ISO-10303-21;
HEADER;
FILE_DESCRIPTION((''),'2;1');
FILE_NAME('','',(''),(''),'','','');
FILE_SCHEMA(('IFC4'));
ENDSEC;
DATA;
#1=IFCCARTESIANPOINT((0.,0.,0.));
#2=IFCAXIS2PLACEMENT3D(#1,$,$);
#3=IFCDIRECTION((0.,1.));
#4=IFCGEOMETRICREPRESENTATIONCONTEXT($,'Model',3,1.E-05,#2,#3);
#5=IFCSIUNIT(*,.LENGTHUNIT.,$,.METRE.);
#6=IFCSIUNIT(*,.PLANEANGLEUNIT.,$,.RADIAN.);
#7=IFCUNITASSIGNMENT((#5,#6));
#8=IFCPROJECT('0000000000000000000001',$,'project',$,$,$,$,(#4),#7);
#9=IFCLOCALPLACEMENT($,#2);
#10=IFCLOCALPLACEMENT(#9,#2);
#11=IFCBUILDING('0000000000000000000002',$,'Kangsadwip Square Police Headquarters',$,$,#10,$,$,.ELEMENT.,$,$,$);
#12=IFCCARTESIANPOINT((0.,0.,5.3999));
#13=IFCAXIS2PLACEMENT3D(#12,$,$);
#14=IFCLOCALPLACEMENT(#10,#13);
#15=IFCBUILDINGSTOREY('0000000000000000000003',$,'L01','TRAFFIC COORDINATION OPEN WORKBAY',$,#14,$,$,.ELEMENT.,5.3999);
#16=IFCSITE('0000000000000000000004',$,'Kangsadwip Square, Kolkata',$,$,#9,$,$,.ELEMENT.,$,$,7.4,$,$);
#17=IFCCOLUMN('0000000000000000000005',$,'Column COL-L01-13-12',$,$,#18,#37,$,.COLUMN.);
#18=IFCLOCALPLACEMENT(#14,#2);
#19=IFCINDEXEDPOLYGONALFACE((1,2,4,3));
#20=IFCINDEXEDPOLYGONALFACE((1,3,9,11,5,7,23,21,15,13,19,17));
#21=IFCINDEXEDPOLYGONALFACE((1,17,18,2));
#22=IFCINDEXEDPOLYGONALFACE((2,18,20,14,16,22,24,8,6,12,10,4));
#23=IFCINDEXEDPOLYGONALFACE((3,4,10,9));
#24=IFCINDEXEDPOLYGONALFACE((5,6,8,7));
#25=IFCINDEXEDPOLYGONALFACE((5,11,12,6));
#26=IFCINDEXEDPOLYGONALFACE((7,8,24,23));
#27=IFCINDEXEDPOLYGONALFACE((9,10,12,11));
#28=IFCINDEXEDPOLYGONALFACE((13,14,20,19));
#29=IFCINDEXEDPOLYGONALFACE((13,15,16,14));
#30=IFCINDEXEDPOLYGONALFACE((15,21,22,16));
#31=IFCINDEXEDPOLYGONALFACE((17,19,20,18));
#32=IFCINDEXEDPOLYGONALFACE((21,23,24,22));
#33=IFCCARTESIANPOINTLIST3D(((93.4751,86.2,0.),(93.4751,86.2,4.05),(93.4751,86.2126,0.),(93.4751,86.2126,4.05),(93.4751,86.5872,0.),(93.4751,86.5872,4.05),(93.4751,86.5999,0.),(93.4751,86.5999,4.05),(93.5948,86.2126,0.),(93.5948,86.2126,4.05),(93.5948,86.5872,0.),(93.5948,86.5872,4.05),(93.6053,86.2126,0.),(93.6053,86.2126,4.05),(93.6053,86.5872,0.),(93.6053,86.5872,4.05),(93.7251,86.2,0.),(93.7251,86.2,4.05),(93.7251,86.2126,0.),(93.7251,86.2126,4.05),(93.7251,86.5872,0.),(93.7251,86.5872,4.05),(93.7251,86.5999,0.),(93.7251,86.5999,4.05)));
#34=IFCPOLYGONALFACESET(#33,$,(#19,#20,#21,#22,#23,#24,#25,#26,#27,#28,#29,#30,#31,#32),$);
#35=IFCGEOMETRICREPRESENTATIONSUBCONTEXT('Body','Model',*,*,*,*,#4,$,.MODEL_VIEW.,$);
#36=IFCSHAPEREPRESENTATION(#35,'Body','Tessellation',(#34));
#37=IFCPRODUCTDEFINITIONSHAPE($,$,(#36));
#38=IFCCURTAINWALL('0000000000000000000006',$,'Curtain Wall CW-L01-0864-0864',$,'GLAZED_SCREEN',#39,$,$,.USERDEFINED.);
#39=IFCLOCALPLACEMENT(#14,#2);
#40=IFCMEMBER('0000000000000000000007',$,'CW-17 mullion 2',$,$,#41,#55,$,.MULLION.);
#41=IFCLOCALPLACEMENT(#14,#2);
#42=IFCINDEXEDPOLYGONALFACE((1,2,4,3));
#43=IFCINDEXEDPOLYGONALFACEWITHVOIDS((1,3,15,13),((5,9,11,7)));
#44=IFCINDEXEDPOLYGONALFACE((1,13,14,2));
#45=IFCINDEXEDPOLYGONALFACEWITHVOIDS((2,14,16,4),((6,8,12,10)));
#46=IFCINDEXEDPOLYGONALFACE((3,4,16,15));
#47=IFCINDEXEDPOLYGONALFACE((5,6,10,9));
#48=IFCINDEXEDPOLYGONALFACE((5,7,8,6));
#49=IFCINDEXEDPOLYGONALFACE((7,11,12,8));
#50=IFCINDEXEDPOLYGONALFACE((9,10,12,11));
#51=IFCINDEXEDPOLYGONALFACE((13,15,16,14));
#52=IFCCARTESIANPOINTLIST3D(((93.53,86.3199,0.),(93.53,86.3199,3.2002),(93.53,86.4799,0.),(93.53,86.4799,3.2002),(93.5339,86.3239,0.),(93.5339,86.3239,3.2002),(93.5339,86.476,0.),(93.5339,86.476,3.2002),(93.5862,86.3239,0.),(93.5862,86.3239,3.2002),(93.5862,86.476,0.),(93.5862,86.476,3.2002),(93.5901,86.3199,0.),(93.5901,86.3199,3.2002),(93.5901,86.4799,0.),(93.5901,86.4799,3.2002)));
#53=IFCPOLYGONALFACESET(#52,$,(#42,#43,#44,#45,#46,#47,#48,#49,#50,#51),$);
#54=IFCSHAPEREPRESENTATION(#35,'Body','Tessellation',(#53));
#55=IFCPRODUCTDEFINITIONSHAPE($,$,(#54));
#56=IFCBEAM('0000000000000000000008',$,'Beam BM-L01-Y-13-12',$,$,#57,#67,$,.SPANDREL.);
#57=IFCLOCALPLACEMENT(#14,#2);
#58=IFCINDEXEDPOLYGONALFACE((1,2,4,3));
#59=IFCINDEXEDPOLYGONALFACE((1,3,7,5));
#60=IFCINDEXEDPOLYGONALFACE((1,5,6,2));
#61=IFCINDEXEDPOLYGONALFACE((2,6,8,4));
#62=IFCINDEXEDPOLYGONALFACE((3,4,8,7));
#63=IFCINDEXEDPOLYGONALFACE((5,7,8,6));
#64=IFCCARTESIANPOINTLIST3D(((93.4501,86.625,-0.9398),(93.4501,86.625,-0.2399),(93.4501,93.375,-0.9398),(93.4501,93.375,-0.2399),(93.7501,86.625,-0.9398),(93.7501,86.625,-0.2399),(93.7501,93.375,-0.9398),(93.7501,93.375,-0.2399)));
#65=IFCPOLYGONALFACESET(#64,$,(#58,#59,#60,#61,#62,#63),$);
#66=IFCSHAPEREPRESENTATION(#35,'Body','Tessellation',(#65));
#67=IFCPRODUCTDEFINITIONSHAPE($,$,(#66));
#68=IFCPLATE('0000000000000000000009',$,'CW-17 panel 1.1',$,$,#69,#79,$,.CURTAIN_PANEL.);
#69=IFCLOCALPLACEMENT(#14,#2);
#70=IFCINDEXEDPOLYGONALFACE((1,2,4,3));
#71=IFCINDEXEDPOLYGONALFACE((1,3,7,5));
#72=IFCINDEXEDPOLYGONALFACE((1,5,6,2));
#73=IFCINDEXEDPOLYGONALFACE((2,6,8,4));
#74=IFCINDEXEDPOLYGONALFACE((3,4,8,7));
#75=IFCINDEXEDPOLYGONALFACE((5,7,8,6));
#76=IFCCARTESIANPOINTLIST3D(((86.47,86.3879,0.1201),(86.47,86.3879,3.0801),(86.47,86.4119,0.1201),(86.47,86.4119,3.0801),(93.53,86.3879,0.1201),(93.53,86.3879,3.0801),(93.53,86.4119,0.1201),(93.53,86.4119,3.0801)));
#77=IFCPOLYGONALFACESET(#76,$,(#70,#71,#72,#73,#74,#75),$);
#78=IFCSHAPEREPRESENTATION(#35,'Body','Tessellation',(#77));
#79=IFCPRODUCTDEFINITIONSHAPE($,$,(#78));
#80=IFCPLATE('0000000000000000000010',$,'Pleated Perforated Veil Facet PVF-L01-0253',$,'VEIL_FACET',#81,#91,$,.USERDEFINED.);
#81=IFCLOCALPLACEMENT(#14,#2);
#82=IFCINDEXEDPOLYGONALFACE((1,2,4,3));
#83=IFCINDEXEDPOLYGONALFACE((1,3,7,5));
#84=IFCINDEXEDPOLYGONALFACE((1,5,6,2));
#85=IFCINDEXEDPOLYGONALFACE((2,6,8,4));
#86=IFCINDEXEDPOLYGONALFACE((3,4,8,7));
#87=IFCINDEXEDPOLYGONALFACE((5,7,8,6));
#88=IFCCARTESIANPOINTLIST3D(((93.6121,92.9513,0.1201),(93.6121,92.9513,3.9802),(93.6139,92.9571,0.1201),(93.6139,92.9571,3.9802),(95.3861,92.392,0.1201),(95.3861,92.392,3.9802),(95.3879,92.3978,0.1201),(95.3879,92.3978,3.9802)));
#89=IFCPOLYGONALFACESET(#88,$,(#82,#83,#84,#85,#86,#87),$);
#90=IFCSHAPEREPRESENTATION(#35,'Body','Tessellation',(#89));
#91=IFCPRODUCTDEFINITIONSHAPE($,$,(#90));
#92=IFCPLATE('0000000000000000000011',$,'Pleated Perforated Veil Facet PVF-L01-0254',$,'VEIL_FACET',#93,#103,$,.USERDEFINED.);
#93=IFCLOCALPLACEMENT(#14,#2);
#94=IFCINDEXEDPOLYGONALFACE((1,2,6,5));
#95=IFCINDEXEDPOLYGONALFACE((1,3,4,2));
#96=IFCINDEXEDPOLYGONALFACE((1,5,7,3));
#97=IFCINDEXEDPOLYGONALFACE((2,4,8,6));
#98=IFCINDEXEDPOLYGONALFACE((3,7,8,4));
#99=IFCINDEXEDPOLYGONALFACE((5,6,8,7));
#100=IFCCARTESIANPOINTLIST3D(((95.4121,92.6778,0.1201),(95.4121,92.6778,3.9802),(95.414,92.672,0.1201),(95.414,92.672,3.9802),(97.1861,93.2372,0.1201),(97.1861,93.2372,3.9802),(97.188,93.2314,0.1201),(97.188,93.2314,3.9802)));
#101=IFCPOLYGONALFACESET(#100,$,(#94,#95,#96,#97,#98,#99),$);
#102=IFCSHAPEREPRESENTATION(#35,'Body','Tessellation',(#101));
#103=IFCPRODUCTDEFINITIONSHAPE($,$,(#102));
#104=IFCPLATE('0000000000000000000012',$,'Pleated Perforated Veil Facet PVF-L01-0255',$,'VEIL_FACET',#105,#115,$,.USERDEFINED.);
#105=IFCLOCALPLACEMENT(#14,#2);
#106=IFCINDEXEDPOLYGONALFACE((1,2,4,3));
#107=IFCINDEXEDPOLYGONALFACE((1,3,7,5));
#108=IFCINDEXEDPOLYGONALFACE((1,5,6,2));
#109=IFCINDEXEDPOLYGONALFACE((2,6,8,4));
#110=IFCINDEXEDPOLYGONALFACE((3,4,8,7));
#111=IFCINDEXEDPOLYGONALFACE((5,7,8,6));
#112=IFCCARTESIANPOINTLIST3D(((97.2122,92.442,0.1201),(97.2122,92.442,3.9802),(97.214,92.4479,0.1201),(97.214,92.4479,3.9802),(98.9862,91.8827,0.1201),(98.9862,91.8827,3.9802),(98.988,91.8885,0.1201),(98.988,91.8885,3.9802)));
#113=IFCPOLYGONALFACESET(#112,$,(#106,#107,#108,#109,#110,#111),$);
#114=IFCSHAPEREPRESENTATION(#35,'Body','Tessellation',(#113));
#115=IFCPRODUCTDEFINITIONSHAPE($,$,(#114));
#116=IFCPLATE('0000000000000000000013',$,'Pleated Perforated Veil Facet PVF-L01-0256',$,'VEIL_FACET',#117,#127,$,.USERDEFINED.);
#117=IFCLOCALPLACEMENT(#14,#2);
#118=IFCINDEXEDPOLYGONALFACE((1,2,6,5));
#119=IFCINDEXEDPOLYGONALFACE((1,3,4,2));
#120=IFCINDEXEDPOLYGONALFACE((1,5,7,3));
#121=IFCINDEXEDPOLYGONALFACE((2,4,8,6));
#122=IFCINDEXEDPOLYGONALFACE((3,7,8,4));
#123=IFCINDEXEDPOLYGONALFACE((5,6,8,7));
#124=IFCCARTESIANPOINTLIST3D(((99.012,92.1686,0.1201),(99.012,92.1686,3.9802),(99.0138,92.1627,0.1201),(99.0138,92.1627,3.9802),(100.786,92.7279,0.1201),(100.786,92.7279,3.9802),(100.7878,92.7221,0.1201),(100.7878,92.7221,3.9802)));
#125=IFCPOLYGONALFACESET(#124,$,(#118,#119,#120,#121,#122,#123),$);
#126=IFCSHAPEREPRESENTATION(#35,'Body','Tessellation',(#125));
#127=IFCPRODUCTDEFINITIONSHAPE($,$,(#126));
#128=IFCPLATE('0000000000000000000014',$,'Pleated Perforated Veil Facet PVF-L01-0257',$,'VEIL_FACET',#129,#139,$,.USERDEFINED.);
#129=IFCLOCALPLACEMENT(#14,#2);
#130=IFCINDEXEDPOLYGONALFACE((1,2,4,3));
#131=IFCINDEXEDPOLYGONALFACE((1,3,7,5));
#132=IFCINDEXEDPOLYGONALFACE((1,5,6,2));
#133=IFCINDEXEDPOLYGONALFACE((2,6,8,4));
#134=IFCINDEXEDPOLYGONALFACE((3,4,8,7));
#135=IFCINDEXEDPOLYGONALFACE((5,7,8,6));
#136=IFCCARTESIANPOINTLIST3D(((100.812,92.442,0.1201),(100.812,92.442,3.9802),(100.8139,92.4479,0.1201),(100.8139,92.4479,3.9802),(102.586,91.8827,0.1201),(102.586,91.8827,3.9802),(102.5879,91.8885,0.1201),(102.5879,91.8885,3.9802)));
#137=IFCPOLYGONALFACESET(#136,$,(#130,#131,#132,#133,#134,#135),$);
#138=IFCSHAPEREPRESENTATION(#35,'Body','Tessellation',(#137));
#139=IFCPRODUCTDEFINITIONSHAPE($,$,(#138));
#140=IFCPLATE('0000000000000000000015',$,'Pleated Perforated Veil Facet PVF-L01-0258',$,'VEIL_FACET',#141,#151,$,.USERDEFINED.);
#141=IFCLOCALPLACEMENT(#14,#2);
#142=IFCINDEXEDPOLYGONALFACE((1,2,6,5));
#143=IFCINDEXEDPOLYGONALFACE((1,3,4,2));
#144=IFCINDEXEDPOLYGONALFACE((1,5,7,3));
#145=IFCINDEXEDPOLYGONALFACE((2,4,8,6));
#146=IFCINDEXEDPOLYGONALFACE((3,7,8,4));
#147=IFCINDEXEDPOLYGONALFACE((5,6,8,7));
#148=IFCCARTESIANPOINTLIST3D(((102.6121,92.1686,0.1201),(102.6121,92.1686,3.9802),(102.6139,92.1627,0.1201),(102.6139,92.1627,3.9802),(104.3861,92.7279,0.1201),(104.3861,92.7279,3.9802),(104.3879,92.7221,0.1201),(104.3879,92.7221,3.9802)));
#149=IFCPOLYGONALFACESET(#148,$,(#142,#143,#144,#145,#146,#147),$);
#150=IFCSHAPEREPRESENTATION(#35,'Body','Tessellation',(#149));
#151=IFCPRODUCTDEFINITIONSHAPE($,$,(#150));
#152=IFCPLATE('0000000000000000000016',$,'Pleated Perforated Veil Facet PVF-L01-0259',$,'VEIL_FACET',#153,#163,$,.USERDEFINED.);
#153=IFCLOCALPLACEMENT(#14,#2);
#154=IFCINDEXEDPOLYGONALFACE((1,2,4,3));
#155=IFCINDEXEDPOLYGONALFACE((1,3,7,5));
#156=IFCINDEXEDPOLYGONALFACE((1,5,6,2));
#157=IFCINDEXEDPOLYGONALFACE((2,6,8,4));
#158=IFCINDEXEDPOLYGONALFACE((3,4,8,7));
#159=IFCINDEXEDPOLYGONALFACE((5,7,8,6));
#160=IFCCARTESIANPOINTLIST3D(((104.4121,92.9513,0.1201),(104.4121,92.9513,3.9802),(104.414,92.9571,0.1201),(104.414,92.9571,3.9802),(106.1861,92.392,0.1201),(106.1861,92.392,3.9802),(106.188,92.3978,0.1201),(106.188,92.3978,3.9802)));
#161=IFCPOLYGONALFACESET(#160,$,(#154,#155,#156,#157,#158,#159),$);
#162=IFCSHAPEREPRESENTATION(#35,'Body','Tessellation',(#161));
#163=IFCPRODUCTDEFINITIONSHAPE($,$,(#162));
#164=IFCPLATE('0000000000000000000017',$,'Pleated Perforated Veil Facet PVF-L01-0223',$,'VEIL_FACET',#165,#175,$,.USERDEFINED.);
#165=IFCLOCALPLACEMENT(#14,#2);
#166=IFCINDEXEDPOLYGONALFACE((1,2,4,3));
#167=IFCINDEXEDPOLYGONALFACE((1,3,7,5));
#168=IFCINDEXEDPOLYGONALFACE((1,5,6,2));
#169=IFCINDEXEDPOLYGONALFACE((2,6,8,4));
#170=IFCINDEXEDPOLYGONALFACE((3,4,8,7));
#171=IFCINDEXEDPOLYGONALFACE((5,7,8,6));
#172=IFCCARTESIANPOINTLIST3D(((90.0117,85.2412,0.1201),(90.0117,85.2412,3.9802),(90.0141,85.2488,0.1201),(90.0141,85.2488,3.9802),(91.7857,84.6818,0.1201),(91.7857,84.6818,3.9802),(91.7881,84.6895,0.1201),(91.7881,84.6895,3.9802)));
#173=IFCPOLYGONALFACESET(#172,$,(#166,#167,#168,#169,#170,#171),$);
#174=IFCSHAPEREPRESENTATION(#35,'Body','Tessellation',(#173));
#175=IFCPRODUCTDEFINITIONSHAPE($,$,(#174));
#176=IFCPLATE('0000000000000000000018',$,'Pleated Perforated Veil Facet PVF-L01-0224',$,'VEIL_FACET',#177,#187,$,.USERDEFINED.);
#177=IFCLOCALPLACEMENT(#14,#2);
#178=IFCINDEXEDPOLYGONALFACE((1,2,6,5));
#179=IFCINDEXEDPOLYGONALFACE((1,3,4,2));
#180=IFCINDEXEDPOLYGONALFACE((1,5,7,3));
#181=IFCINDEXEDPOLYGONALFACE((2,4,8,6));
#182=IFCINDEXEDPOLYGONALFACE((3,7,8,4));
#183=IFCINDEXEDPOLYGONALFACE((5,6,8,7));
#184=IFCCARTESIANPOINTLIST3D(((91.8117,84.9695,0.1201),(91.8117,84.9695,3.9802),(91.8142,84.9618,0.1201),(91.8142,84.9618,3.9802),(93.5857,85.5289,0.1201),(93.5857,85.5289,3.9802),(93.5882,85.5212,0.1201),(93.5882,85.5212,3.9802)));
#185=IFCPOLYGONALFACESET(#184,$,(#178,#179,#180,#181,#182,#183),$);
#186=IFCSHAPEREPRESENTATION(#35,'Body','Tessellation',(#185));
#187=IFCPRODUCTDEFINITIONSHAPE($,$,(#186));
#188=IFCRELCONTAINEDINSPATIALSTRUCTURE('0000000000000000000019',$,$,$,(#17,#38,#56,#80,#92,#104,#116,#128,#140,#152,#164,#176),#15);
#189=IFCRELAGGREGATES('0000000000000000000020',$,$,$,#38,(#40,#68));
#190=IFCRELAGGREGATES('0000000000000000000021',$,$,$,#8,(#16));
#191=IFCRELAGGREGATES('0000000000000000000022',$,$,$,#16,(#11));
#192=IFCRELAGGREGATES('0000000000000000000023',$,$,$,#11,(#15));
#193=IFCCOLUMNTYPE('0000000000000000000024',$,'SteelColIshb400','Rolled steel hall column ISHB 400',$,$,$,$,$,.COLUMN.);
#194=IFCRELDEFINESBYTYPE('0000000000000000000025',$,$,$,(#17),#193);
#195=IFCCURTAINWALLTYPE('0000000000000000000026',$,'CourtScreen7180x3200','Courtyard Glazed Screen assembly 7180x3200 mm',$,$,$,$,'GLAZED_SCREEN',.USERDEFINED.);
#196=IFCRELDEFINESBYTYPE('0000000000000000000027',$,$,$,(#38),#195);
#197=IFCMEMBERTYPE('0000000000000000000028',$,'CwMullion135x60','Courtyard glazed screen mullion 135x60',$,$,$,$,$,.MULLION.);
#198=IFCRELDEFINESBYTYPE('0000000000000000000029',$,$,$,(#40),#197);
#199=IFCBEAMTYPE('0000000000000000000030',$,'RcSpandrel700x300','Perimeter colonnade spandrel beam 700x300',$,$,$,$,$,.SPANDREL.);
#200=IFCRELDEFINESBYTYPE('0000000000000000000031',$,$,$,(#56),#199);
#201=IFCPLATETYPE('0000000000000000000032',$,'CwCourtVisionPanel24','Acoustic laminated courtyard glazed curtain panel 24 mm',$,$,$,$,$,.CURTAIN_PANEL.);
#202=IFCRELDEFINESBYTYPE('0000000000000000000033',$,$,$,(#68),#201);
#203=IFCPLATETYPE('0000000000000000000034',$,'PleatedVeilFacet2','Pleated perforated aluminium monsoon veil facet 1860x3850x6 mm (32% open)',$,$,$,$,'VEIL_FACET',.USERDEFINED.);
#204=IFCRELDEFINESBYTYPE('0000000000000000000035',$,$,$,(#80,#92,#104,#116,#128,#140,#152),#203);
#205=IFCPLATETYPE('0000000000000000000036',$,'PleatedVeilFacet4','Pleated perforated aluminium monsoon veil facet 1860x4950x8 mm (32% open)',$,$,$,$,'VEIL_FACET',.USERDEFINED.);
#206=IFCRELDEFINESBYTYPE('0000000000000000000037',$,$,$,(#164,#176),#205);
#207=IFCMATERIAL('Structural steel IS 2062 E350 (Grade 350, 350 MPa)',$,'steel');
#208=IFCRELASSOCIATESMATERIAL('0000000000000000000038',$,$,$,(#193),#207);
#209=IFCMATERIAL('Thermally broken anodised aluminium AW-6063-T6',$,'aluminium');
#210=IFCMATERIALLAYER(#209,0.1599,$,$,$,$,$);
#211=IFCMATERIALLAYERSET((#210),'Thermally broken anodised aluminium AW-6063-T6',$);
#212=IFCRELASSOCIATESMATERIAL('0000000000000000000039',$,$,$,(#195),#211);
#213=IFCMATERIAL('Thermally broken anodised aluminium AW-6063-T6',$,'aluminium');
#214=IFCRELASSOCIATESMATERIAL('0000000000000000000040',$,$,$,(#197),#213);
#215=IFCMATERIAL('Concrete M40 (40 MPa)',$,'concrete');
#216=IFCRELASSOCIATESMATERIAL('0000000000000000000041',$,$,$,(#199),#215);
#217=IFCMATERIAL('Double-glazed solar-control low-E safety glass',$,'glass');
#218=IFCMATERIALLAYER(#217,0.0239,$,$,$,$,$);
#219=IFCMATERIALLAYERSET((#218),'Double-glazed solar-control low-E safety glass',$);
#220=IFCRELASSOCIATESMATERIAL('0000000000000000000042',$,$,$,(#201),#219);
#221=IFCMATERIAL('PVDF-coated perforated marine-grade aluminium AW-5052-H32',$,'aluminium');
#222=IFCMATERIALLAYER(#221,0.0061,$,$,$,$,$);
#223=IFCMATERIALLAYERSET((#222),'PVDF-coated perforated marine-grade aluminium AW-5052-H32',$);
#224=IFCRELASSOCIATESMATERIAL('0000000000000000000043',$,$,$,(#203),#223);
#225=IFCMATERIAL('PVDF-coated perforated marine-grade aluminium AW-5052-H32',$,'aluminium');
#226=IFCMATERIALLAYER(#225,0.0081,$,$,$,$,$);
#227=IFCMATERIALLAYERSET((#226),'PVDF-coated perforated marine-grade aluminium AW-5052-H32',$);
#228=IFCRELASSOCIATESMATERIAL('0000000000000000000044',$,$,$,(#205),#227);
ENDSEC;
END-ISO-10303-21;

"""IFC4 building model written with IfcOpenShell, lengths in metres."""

from ifc_helpers import new_model, si_unit, direction, frame, origin, origin_2d, place, context, subcontext, project, spatial, rectangle, hollow_rectangle, i_section, extrude, material, layer, layer_set, material_profile, profile_set, type_object, element, aggregate, save


model = new_model("IFC4")

# Units and contexts
model_context = context("Model", 3, precision=1e-05, world=origin(), true_north=direction((0.0, 1.0)))
body_context = subcontext(model_context, "Body", "Model", "MODEL_VIEW")
ifc_project = project(units=[si_unit("LENGTHUNIT", "METRE"), si_unit("PLANEANGLEUNIT", "RADIAN")], contexts=[model_context])

# Site, building, storey
site_placement = place(None, origin())
site = spatial("IfcSite", under=ifc_project, at=site_placement, Name="Kangsadwip Square, Kolkata", CompositionType="ELEMENT", RefElevation=7.4)
building_placement = place(site_placement, origin())
building = spatial("IfcBuilding", under=site, at=building_placement, Name="Kangsadwip Square Police Headquarters", CompositionType="ELEMENT")
storey_placement = place(building_placement, frame((0.0, 0.0, 5.3999)))
storey = spatial("IfcBuildingStorey", under=building, at=storey_placement, Name="L01", Description="TRAFFIC COORDINATION OPEN WORKBAY", CompositionType="ELEMENT", Elevation=5.3999)

# Column
ifc_material_1 = material(Name="Structural steel IS 2062 E350 (Grade 350, 350 MPa)", Category="steel")
ifc_material_profile_1 = material_profile(ifc_material_1, i_section(OverallWidth=0.25, OverallDepth=0.3999, WebThickness=0.0105, FlangeThickness=0.0127, at=origin_2d()), Name="ISHB 400")
ifc_profile_set_1 = profile_set([ifc_material_profile_1], Name="Structural steel IS 2062 E350 (Grade 350, 350 MPa)")
column_type = type_object("IfcColumnType", Name="SteelColIshb400", Description="Rolled steel hall column ISHB 400", PredefinedType="COLUMN", material=ifc_profile_set_1)
column_placement = place(storey_placement, frame((93.6001, 86.3999, 0.0), z_axis=(0.0, 0.0, 1.0), x_axis=(1.0, 0.0, 0.0)))
element("IfcColumn", 1, at=column_placement, inside=storey, type_object=column_type, Name="Column COL-L01-13-12", PredefinedType="COLUMN", context=body_context, shape_type="SweptSolid", body=[
    extrude(i_section(OverallWidth=0.25, OverallDepth=0.3999, WebThickness=0.0105, FlangeThickness=0.0127, at=origin_2d()), origin(), (0.0, 0.0, 1.0), 4.05),
])

# Curtain wall, member
ifc_material_2 = material(Name="Thermally broken anodised aluminium AW-6063-T6", Category="aluminium")
ifc_layer_1 = layer(ifc_material_2, 0.1599)
ifc_layer_set_1 = layer_set([ifc_layer_1], Name="Thermally broken anodised aluminium AW-6063-T6")
curtain_wall_type = type_object("IfcCurtainWallType", Name="CourtScreen7180x3200", Description="Courtyard Glazed Screen assembly 7180x3200 mm", ElementType="GLAZED_SCREEN", PredefinedType="USERDEFINED", material=ifc_layer_set_1)
curtain_wall_placement = place(storey_placement, origin())
curtain_wall = element("IfcCurtainWall", 2, at=curtain_wall_placement, inside=storey, type_object=curtain_wall_type, Name="Curtain Wall CW-L01-0864-0864", ObjectType="GLAZED_SCREEN", PredefinedType="USERDEFINED")
ifc_material_3 = material(Name="Thermally broken anodised aluminium AW-6063-T6", Category="aluminium")
ifc_material_profile_2 = material_profile(ifc_material_3, hollow_rectangle(XDim=0.0601, YDim=0.1599, WallThickness=0.0039, at=origin_2d()), Name="CWM 160X60X4")
ifc_profile_set_2 = profile_set([ifc_material_profile_2], Name="Thermally broken anodised aluminium AW-6063-T6")
member_type = type_object("IfcMemberType", Name="CwMullion135x60", Description="Courtyard glazed screen mullion 135x60", PredefinedType="MULLION", material=ifc_profile_set_2)
member_placement = place(storey_placement, frame((93.5601, 86.3999, 0.0), z_axis=(0.0, 0.0, 1.0), x_axis=(1.0, 0.0, 0.0)))
member = element("IfcMember", 3, at=member_placement, type_object=member_type, Name="CW-17 mullion 2", PredefinedType="MULLION", context=body_context, shape_type="SweptSolid", body=[
    extrude(hollow_rectangle(XDim=0.0601, YDim=0.1599, WallThickness=0.0039, at=origin_2d()), origin(), (0.0, 0.0, 1.0), 3.2002),
])

# Beam
ifc_material_4 = material(Name="Concrete M40 (40 MPa)", Category="concrete")
ifc_material_profile_3 = material_profile(ifc_material_4, rectangle(XDim=0.3, YDim=0.7, at=origin_2d()), Name="RC SPN 700X300")
ifc_profile_set_3 = profile_set([ifc_material_profile_3], Name="Concrete M40 (40 MPa)")
beam_type = type_object("IfcBeamType", Name="RcSpandrel700x300", Description="Perimeter colonnade spandrel beam 700x300", PredefinedType="SPANDREL", material=ifc_profile_set_3)
beam_placement = place(storey_placement, frame((93.6001, 86.625, -0.5898), z_axis=(0.0, 1.0, 0.0), x_axis=(-1.0, 0.0, 0.0)))
element("IfcBeam", 4, at=beam_placement, inside=storey, type_object=beam_type, Name="Beam BM-L01-Y-13-12", PredefinedType="SPANDREL", context=body_context, shape_type="SweptSolid", body=[
    extrude(rectangle(XDim=0.3, YDim=0.7, at=origin_2d()), origin(), (0.0, 0.0, 1.0), 6.75),
])

# Plate
ifc_material_5 = material(Name="Double-glazed solar-control low-E safety glass", Category="glass")
ifc_layer_2 = layer(ifc_material_5, 0.0239)
ifc_layer_set_2 = layer_set([ifc_layer_2], Name="Double-glazed solar-control low-E safety glass")
plate_type_1 = type_object("IfcPlateType", Name="CwCourtVisionPanel24", Description="Acoustic laminated courtyard glazed curtain panel 24 mm", PredefinedType="CURTAIN_PANEL", material=ifc_layer_set_2)
plate_placement = place(storey_placement, frame((90.0, 86.3999, 0.1201), z_axis=(0.0, 0.0, 1.0), x_axis=(1.0, 0.0, 0.0)))
plate = element("IfcPlate", 5, at=plate_placement, type_object=plate_type_1, Name="CW-17 panel 1.1", PredefinedType="CURTAIN_PANEL", context=body_context, shape_type="SweptSolid", body=[
    extrude(rectangle(XDim=7.0601, YDim=0.0239, at=origin_2d()), origin(), (0.0, 0.0, 1.0), 2.96),
])
aggregate(curtain_wall, [member, plate])

# Plates
ifc_material_6 = material(Name="PVDF-coated perforated marine-grade aluminium AW-5052-H32", Category="aluminium")
ifc_layer_3 = layer(ifc_material_6, 0.0061)
ifc_layer_set_3 = layer_set([ifc_layer_3], Name="PVDF-coated perforated marine-grade aluminium AW-5052-H32")
plate_type_2 = type_object("IfcPlateType", Name="PleatedVeilFacet2", Description="Pleated perforated aluminium monsoon veil facet 1860x3850x6 mm (32% open)", ElementType="VEIL_FACET", PredefinedType="USERDEFINED", material=ifc_layer_set_3)
for number, where, z_axis, x_axis, name in (
    (6, (94.5, 92.6746, 0.1201), (0.0, 0.0, 1.0), (0.953717, -0.300706, 0.0), "Pleated Perforated Veil Facet PVF-L01-0253"),
    (7, (96.3, 92.9546, 0.1201), (0.0, 0.0, 1.0), (0.953717, 0.300706, 0.0), "Pleated Perforated Veil Facet PVF-L01-0254"),
    (8, (98.1001, 92.1653, 0.1201), (0.0, 0.0, 1.0), (0.953717, -0.300706, 0.0), "Pleated Perforated Veil Facet PVF-L01-0255"),
    (9, (99.8999, 92.4453, 0.1201), (0.0, 0.0, 1.0), (0.953717, 0.300706, 0.0), "Pleated Perforated Veil Facet PVF-L01-0256"),
    (10, (101.7, 92.1653, 0.1201), (0.0, 0.0, 1.0), (0.953717, -0.300706, 0.0), "Pleated Perforated Veil Facet PVF-L01-0257"),
    (11, (103.5, 92.4453, 0.1201), (0.0, 0.0, 1.0), (0.953717, 0.300706, 0.0), "Pleated Perforated Veil Facet PVF-L01-0258"),
    (12, (105.3, 92.6746, 0.1201), (0.0, 0.0, 1.0), (0.953717, -0.300706, 0.0), "Pleated Perforated Veil Facet PVF-L01-0259"),
):
    element("IfcPlate", number, at=place(storey_placement, frame(where, z_axis=z_axis, x_axis=x_axis)), inside=storey, type_object=plate_type_2, Name=name, ObjectType="VEIL_FACET", PredefinedType="USERDEFINED", context=body_context, shape_type="SweptSolid", body=[
        extrude(rectangle(XDim=1.8601, YDim=0.0061, at=origin_2d()), origin(), (0.0, 0.0, 1.0), 3.8601),
    ])
ifc_material_7 = material(Name="PVDF-coated perforated marine-grade aluminium AW-5052-H32", Category="aluminium")
ifc_layer_4 = layer(ifc_material_7, 0.0081)
ifc_layer_set_4 = layer_set([ifc_layer_4], Name="PVDF-coated perforated marine-grade aluminium AW-5052-H32")
plate_type_3 = type_object("IfcPlateType", Name="PleatedVeilFacet4", Description="Pleated perforated aluminium monsoon veil facet 1860x4950x8 mm (32% open)", ElementType="VEIL_FACET", PredefinedType="USERDEFINED", material=ifc_layer_set_4)
for number, where, z_axis, x_axis, name in (
    (13, (90.8999, 84.9653, 0.1201), (0.0, 0.0, 1.0), (0.953717, -0.300706, 0.0), "Pleated Perforated Veil Facet PVF-L01-0223"),
    (14, (92.7, 85.2454, 0.1201), (0.0, 0.0, 1.0), (0.953717, 0.300706, 0.0), "Pleated Perforated Veil Facet PVF-L01-0224"),
):
    element("IfcPlate", number, at=place(storey_placement, frame(where, z_axis=z_axis, x_axis=x_axis)), inside=storey, type_object=plate_type_3, Name=name, ObjectType="VEIL_FACET", PredefinedType="USERDEFINED", context=body_context, shape_type="SweptSolid", body=[
        extrude(rectangle(XDim=1.8601, YDim=0.0081, at=origin_2d()), origin(), (0.0, 0.0, 1.0), 3.8601),
    ])

save(model, "model.ifc")
